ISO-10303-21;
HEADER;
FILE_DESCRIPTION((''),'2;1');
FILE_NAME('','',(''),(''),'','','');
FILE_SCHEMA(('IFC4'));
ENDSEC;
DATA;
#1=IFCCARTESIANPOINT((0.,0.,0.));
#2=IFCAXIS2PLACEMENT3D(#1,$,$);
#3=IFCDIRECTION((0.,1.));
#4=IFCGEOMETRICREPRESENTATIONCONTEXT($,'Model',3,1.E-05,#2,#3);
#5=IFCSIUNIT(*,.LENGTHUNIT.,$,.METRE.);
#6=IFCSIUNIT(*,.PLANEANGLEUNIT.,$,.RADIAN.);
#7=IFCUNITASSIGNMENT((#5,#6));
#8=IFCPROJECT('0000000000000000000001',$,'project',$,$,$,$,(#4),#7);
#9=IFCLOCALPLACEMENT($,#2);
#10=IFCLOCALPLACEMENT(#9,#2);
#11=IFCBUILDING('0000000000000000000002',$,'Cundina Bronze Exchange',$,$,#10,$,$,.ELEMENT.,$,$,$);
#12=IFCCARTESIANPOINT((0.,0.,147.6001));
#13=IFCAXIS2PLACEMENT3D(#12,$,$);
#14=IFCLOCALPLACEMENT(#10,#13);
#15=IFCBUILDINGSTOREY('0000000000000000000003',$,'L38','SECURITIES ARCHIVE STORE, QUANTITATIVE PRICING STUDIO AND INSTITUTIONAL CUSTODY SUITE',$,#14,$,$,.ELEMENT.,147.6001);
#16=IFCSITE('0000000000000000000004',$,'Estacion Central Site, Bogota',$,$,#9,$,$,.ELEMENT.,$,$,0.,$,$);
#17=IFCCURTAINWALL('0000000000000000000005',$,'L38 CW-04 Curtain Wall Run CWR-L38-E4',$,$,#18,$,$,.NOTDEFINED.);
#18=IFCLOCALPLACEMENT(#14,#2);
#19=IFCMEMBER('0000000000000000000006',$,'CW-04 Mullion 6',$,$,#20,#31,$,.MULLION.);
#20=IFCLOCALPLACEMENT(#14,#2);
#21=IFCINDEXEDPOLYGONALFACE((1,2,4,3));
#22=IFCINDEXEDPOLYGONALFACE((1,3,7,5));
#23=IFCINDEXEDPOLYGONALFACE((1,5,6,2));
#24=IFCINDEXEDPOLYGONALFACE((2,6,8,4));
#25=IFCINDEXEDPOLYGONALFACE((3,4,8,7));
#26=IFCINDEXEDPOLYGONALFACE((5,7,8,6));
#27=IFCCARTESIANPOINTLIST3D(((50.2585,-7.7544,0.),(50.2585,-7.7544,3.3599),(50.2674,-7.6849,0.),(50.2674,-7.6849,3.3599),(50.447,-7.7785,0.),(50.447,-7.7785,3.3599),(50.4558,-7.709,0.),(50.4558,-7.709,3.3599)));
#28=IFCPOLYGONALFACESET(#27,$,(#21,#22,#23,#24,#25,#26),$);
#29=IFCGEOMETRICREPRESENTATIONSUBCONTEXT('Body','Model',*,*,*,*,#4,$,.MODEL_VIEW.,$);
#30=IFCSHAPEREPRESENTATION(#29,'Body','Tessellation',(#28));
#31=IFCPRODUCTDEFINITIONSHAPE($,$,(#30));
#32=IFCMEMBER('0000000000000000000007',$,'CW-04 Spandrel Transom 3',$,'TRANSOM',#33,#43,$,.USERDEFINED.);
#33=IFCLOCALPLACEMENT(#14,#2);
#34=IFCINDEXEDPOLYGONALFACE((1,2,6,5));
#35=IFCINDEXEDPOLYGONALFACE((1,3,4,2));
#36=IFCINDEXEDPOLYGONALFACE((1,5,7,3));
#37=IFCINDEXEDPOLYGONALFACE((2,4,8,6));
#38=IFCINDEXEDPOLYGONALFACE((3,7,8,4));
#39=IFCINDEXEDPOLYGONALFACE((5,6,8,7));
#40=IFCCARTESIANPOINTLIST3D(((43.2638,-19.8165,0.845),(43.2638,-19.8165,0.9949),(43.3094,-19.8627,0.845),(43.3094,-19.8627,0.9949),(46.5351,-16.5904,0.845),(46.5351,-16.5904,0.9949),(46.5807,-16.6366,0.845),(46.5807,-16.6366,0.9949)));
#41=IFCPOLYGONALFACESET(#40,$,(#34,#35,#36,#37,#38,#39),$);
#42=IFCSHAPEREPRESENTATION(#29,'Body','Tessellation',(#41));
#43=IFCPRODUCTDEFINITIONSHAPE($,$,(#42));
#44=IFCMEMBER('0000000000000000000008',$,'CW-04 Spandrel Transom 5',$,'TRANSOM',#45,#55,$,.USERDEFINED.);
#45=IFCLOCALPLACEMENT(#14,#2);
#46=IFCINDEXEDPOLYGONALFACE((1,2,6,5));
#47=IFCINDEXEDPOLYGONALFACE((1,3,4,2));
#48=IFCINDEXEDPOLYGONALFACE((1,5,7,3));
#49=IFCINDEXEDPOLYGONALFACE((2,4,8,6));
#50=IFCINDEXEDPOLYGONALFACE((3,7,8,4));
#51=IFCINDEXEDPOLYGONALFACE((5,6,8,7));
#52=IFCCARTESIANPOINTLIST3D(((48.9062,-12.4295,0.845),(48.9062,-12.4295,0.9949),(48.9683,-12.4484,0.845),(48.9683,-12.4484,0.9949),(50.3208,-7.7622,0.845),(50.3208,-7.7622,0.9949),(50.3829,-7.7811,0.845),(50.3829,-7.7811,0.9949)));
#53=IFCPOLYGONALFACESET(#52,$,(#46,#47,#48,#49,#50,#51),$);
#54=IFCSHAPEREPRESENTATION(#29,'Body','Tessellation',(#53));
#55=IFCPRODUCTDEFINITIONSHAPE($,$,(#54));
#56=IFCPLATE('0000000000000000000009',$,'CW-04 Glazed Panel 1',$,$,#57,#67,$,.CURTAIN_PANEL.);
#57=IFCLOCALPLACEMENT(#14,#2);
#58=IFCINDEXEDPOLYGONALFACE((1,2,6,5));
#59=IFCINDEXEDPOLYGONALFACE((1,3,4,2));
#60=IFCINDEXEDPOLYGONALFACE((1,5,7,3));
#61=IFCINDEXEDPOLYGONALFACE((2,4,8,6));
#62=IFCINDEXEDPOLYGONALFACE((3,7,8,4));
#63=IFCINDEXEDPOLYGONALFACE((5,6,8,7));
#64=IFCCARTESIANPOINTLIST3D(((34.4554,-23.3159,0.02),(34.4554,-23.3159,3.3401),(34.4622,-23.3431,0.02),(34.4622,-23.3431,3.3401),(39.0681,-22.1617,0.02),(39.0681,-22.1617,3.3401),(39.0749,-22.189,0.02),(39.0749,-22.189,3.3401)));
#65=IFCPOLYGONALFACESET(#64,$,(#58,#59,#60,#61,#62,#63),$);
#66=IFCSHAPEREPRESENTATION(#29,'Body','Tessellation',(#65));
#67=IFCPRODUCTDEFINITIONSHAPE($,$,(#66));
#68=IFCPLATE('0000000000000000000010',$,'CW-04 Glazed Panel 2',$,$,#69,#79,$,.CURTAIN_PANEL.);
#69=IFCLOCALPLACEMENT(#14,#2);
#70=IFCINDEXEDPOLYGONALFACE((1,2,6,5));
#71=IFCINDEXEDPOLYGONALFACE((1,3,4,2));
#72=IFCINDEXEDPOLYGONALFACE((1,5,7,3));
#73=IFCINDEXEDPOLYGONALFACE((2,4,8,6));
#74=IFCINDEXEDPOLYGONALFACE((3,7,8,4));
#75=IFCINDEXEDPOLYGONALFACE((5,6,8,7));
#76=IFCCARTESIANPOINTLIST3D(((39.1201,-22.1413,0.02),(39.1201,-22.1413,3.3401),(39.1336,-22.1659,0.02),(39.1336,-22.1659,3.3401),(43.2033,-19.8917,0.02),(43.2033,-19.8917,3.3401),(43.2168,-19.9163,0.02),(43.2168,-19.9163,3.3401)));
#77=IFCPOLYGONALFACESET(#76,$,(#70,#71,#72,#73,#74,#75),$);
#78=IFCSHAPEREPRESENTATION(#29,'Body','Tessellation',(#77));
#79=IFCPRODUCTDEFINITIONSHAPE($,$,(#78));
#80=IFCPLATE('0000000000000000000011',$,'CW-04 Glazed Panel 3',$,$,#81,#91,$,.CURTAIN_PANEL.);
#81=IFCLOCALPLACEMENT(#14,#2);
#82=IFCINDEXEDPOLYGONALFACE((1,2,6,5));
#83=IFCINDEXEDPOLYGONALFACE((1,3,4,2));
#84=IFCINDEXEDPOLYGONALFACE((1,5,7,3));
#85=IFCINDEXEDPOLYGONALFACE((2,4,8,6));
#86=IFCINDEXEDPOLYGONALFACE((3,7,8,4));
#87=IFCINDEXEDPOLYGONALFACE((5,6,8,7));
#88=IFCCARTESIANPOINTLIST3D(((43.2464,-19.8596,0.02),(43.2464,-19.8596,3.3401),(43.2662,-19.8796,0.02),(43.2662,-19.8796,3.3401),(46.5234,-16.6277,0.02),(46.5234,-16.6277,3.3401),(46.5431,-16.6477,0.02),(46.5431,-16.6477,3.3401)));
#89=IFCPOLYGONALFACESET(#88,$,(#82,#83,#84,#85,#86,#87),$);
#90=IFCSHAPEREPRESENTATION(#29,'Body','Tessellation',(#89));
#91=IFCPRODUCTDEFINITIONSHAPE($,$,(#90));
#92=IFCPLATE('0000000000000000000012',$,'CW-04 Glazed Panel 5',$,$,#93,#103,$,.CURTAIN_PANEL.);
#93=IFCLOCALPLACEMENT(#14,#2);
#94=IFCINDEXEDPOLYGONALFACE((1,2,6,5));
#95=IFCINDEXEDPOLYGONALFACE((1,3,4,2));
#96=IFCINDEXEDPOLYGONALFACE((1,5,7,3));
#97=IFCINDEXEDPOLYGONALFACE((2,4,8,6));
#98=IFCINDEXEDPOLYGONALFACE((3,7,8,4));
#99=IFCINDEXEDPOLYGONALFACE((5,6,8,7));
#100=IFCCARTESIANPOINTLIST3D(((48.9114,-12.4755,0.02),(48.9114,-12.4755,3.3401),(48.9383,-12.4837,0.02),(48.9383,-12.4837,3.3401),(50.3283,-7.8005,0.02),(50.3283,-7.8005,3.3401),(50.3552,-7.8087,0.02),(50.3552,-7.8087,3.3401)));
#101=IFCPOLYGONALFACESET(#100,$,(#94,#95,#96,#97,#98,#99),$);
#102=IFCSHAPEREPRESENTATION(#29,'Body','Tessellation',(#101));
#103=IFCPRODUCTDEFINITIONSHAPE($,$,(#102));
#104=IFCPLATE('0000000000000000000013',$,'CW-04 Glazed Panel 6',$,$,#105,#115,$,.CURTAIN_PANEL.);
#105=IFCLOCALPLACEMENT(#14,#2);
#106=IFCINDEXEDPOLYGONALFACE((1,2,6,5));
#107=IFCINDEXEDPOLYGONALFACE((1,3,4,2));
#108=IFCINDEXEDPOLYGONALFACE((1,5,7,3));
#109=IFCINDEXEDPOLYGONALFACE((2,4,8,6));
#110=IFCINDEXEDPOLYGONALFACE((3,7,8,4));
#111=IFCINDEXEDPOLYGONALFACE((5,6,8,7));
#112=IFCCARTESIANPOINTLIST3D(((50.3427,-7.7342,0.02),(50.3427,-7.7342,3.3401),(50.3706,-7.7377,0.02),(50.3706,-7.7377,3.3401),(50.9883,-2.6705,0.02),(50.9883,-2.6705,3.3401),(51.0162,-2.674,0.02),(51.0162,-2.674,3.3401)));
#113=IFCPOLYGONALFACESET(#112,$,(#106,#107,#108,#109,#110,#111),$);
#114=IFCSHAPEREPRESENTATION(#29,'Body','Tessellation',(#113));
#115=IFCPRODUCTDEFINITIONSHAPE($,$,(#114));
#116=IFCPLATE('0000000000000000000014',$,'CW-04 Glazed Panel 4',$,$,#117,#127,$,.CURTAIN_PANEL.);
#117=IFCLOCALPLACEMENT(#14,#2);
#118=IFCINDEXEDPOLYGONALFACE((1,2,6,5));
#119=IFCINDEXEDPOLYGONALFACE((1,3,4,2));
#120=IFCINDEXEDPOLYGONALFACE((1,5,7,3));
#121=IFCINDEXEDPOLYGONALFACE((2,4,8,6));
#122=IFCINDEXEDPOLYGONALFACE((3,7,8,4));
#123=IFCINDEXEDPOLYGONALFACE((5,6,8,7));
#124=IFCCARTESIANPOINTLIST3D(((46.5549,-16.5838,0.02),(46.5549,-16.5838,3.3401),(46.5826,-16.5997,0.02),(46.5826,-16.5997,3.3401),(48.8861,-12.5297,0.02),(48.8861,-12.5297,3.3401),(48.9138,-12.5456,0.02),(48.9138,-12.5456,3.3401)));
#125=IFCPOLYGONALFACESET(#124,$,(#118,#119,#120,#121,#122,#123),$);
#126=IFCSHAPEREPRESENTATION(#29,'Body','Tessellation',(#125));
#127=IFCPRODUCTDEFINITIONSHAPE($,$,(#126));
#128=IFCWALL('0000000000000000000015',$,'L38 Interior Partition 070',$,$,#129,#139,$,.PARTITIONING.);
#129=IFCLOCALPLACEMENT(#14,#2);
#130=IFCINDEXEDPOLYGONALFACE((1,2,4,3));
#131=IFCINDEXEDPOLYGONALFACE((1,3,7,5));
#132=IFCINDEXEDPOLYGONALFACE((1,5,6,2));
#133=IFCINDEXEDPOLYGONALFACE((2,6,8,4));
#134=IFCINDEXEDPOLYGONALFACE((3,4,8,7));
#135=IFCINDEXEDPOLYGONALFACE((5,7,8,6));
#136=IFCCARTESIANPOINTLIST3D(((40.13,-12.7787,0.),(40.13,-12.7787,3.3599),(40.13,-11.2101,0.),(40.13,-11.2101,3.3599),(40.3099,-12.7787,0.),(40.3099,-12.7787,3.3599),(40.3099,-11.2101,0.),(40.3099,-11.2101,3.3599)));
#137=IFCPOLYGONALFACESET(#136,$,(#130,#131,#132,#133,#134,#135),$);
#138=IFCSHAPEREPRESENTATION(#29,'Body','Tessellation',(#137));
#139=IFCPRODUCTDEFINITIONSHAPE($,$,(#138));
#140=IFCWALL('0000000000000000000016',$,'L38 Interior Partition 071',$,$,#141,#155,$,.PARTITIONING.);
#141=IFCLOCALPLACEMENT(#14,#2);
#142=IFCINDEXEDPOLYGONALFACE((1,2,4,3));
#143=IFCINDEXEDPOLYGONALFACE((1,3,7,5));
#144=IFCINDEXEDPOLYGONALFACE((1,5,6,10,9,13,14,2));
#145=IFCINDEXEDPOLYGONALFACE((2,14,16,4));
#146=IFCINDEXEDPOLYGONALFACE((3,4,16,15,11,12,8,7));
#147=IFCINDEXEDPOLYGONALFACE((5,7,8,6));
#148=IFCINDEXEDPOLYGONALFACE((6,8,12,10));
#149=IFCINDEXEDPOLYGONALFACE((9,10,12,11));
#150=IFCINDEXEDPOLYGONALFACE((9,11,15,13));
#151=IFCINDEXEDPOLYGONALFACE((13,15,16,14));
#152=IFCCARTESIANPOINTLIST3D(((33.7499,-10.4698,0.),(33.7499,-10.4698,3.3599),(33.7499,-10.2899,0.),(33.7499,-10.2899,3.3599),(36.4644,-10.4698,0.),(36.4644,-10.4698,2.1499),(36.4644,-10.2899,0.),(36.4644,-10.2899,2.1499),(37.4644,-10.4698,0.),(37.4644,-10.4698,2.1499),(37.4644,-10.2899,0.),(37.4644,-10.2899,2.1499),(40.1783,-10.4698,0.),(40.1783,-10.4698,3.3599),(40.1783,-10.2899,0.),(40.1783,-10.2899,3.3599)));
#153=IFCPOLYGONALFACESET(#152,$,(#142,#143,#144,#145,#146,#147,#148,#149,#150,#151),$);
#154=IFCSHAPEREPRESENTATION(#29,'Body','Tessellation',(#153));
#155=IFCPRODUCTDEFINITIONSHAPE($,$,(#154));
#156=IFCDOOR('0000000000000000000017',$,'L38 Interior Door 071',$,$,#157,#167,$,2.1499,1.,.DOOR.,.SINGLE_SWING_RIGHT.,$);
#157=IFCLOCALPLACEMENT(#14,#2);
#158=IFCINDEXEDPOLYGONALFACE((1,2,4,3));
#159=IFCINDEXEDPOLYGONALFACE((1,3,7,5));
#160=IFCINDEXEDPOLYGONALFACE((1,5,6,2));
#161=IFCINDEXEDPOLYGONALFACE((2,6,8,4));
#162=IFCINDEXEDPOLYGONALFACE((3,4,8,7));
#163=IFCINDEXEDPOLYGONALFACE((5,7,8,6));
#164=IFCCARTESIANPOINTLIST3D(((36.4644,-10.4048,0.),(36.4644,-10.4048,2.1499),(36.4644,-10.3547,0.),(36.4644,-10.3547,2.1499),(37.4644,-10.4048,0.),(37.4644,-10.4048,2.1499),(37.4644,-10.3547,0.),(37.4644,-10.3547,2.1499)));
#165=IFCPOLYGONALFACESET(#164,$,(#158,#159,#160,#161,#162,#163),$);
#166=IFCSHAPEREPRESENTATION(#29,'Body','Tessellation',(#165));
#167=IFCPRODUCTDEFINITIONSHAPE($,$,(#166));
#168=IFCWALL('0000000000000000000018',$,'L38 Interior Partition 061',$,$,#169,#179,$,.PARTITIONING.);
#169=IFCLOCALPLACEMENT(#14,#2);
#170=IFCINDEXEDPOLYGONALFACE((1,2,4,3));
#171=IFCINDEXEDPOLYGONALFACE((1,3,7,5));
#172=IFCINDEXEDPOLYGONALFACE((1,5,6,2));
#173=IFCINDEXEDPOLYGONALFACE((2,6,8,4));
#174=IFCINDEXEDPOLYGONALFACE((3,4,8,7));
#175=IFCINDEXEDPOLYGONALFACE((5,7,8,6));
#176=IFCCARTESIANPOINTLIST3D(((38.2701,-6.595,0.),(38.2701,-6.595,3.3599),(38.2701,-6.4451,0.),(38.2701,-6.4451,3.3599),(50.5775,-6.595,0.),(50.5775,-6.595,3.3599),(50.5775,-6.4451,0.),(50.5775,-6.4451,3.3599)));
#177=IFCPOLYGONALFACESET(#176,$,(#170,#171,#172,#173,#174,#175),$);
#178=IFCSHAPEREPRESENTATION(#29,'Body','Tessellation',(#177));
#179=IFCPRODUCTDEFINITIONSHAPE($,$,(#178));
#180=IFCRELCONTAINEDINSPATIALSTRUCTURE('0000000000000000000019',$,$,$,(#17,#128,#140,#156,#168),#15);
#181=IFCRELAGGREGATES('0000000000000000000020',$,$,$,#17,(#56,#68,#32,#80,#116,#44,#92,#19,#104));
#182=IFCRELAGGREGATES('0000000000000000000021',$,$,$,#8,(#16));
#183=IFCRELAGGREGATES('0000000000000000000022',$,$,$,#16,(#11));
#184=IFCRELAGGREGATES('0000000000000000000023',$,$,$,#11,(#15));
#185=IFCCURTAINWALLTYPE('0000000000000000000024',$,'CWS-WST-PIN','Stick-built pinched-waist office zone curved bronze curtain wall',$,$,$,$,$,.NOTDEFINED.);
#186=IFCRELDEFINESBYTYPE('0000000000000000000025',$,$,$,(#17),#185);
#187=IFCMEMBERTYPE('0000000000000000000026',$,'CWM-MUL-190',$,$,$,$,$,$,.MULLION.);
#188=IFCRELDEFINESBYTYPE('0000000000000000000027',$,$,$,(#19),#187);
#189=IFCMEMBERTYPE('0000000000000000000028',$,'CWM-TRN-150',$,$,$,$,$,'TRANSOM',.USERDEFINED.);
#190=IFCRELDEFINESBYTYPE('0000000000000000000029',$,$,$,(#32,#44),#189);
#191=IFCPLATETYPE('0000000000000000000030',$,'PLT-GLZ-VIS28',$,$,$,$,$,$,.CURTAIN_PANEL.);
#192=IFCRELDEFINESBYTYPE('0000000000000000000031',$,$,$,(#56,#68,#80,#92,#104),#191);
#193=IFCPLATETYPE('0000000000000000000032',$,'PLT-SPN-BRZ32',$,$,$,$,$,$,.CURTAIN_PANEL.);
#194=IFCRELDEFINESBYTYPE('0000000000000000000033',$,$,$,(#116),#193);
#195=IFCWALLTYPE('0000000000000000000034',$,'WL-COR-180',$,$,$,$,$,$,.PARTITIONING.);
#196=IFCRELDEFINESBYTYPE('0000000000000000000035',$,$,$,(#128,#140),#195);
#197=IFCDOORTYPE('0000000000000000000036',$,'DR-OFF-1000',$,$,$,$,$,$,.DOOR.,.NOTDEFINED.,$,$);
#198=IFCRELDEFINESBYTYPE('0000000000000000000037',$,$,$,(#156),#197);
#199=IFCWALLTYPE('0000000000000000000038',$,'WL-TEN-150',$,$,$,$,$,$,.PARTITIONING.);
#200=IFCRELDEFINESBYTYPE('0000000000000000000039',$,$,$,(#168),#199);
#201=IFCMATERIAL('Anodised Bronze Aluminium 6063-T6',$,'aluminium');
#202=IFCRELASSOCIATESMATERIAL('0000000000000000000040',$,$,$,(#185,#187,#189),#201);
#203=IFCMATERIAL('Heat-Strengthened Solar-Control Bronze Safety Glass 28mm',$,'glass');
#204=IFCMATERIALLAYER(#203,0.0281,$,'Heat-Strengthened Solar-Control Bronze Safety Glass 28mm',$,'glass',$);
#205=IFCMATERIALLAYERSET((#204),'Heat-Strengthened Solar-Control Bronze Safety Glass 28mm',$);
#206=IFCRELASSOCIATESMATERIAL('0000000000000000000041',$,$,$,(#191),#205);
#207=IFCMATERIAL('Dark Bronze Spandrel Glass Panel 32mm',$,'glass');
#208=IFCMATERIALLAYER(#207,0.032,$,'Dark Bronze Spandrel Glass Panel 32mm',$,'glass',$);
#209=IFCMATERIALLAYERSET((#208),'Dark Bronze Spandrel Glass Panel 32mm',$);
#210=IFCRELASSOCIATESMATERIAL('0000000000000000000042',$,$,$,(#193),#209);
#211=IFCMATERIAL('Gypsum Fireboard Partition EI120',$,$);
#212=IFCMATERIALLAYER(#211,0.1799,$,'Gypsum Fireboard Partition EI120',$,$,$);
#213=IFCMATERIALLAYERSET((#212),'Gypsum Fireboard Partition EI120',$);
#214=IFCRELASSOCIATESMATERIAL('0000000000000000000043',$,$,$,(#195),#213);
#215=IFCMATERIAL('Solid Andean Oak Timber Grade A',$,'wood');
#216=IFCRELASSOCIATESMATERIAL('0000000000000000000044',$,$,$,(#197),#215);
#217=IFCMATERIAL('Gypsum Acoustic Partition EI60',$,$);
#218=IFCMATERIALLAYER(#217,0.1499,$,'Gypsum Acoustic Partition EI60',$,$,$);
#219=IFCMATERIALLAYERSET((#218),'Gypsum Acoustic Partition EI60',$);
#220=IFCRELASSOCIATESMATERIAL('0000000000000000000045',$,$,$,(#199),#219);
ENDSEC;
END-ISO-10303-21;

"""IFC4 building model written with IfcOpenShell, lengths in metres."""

from ifc_helpers import new_model, si_unit, direction, frame, frame_2d, origin, origin_2d, place, context, subcontext, project, spatial, rectangle, extrude, material, layer, layer_set, material_profile, profile_set, type_object, element, fill, aggregate, save


model = new_model("IFC4")

# Units and contexts
model_context = context("Model", 3, precision=1e-05, world=origin(), true_north=direction((0.0, 1.0)))
body_context = subcontext(model_context, "Body", "Model", "MODEL_VIEW")
ifc_project = project(units=[si_unit("LENGTHUNIT", "METRE"), si_unit("PLANEANGLEUNIT", "RADIAN")], contexts=[model_context])

# Site, building, storey
site_placement = place(None, origin())
site = spatial("IfcSite", under=ifc_project, at=site_placement, Name="Estacion Central Site, Bogota", CompositionType="ELEMENT", RefElevation=0.0)
building_placement = place(site_placement, origin())
building = spatial("IfcBuilding", under=site, at=building_placement, Name="Cundina Bronze Exchange", CompositionType="ELEMENT")
storey_placement = place(building_placement, frame((0.0, 0.0, 147.6001)))
storey = spatial("IfcBuildingStorey", under=building, at=storey_placement, Name="L38", Description="SECURITIES ARCHIVE STORE, QUANTITATIVE PRICING STUDIO AND INSTITUTIONAL CUSTODY SUITE", CompositionType="ELEMENT", Elevation=147.6001)

# Curtain wall, members, plates
ifc_material_1 = material(Name="Anodised Bronze Aluminium 6063-T6", Category="aluminium")
curtain_wall_type = type_object("IfcCurtainWallType", Name="CWS-WST-PIN", Description="Stick-built pinched-waist office zone curved bronze curtain wall", PredefinedType="NOTDEFINED", material=ifc_material_1)
curtain_wall_placement = place(storey_placement, origin())
curtain_wall = element("IfcCurtainWall", 1, at=curtain_wall_placement, inside=storey, type_object=curtain_wall_type, Name="L38 CW-04 Curtain Wall Run CWR-L38-E4", PredefinedType="NOTDEFINED")
ifc_material_profile_1 = material_profile(ifc_material_1, rectangle(XDim=0.0701, YDim=0.1899, at=origin_2d()), Name="AL70X190", Category="aluminium")
ifc_profile_set_1 = profile_set([ifc_material_profile_1], Name="Anodised Bronze Aluminium 6063-T6")
member_type_1 = type_object("IfcMemberType", Name="CWM-MUL-190", PredefinedType="MULLION", material=ifc_profile_set_1)
member_1_placement = place(storey_placement, frame((50.3572, -7.7317, 0.0), z_axis=(0.0, 0.0, 1.0), x_axis=(0.126545, 0.991961, 0.0)))
member_1 = element("IfcMember", 2, at=member_1_placement, type_object=member_type_1, Name="CW-04 Mullion 6", PredefinedType="MULLION", context=body_context, shape_type="SweptSolid", body=[
    extrude(rectangle(XDim=0.0701, YDim=0.1899, at=origin_2d()), origin(), (0.0, 0.0, 1.0), 3.3599),
])
ifc_material_profile_2 = material_profile(ifc_material_1, rectangle(XDim=0.0649, YDim=0.1499, at=origin_2d()), Name="AL65X150", Category="aluminium")
ifc_profile_set_2 = profile_set([ifc_material_profile_2], Name="Anodised Bronze Aluminium 6063-T6")
member_type_2 = type_object("IfcMemberType", Name="CWM-TRN-150", ElementType="TRANSOM", PredefinedType="USERDEFINED", material=ifc_profile_set_2)
member_2_placement = place(storey_placement, frame((43.2866, -19.8396, 0.9199), z_axis=(0.712005, 0.702174, 0.0), x_axis=(-0.702174, 0.712005, 0.0)))
member_2 = element("IfcMember", 3, at=member_2_placement, type_object=member_type_2, Name="CW-04 Spandrel Transom 3", ObjectType="TRANSOM", PredefinedType="USERDEFINED", context=body_context, shape_type="SweptSolid", body=[
    extrude(rectangle(XDim=0.0649, YDim=0.1499, at=origin_2d()), origin(), (0.0, 0.0, 1.0), 4.5945),
])
member_3_placement = place(storey_placement, frame((48.9373, -12.439, 0.9199), z_axis=(0.290052, 0.957011, 0.0), x_axis=(-0.957011, 0.290052, 0.0)))
member_3 = element("IfcMember", 4, at=member_3_placement, type_object=member_type_2, Name="CW-04 Spandrel Transom 5", ObjectType="TRANSOM", PredefinedType="USERDEFINED", context=body_context, shape_type="SweptSolid", body=[
    extrude(rectangle(XDim=0.0649, YDim=0.1499, at=origin_2d()), origin(), (0.0, 0.0, 1.0), 4.877),
])
ifc_material_2 = material(Name="Heat-Strengthened Solar-Control Bronze Safety Glass 28mm", Category="glass")
ifc_layer_1 = layer(ifc_material_2, 0.0281, Name="Heat-Strengthened Solar-Control Bronze Safety Glass 28mm", Category="glass")
ifc_layer_set_1 = layer_set([ifc_layer_1], Name="Heat-Strengthened Solar-Control Bronze Safety Glass 28mm")
plate_type_1 = type_object("IfcPlateType", Name="PLT-GLZ-VIS28", PredefinedType="CURTAIN_PANEL", material=ifc_layer_set_1)
plate_1_placement = place(storey_placement, frame((36.7651, -22.7524, 0.02), z_axis=(0.0, 0.0, 1.0), x_axis=(0.970093, 0.242735, 0.0)))
plate_1 = element("IfcPlate", 5, at=plate_1_placement, type_object=plate_type_1, Name="CW-04 Glazed Panel 1", PredefinedType="CURTAIN_PANEL", context=body_context, shape_type="SweptSolid", body=[
    extrude(rectangle(XDim=4.7549, YDim=0.0281, at=origin_2d()), origin(), (0.0, 0.0, 1.0), 3.3201),
])
plate_2_placement = place(storey_placement, frame((41.1685, -21.0288, 0.02), z_axis=(0.0, 0.0, 1.0), x_axis=(0.875869, 0.482549, 0.0)))
plate_2 = element("IfcPlate", 6, at=plate_2_placement, type_object=plate_type_1, Name="CW-04 Glazed Panel 2", PredefinedType="CURTAIN_PANEL", context=body_context, shape_type="SweptSolid", body=[
    extrude(rectangle(XDim=4.6619, YDim=0.0281, at=origin_2d()), origin(), (0.0, 0.0, 1.0), 3.3201),
])
plate_3_placement = place(storey_placement, frame((44.8948, -18.2537, 0.02), z_axis=(0.0, 0.0, 1.0), x_axis=(0.711989, 0.70219, 0.0)))
plate_3 = element("IfcPlate", 7, at=plate_3_placement, type_object=plate_type_1, Name="CW-04 Glazed Panel 3", PredefinedType="CURTAIN_PANEL", context=body_context, shape_type="SweptSolid", body=[
    extrude(rectangle(XDim=4.6025, YDim=0.0281, at=origin_2d()), origin(), (0.0, 0.0, 1.0), 3.3201),
])
plate_4_placement = place(storey_placement, frame((49.6333, -10.1421, 0.02), z_axis=(0.0, 0.0, 1.0), x_axis=(0.290051, 0.957011, 0.0)))
plate_4 = element("IfcPlate", 8, at=plate_4_placement, type_object=plate_type_1, Name="CW-04 Glazed Panel 5", PredefinedType="CURTAIN_PANEL", context=body_context, shape_type="SweptSolid", body=[
    extrude(rectangle(XDim=4.885, YDim=0.0281, at=origin_2d()), origin(), (0.0, 0.0, 1.0), 3.3201),
])
plate_5_placement = place(storey_placement, frame((50.6794, -5.2041, 0.02), z_axis=(0.0, 0.0, 1.0), x_axis=(0.126476, 0.99197, 0.0)))
plate_5 = element("IfcPlate", 9, at=plate_5_placement, type_object=plate_type_1, Name="CW-04 Glazed Panel 6", PredefinedType="CURTAIN_PANEL", context=body_context, shape_type="SweptSolid", body=[
    extrude(rectangle(XDim=5.1047, YDim=0.0281, at=origin_2d()), origin(), (0.0, 0.0, 1.0), 3.3201),
])
ifc_material_3 = material(Name="Dark Bronze Spandrel Glass Panel 32mm", Category="glass")
ifc_layer_2 = layer(ifc_material_3, 0.032, Name="Dark Bronze Spandrel Glass Panel 32mm", Category="glass")
ifc_layer_set_2 = layer_set([ifc_layer_2], Name="Dark Bronze Spandrel Glass Panel 32mm")
plate_type_2 = type_object("IfcPlateType", Name="PLT-SPN-BRZ32", PredefinedType="CURTAIN_PANEL", material=ifc_layer_set_2)
plate_6_placement = place(storey_placement, frame((47.7344, -14.5647, 0.02), z_axis=(0.0, 0.0, 1.0), x_axis=(0.498488, 0.866897, 0.0)))
plate_6 = element("IfcPlate", 10, at=plate_6_placement, type_object=plate_type_2, Name="CW-04 Glazed Panel 4", PredefinedType="CURTAIN_PANEL", context=body_context, shape_type="SweptSolid", body=[
    extrude(rectangle(XDim=4.6765, YDim=0.032, at=origin_2d()), origin(), (0.0, 0.0, 1.0), 3.3201),
])
aggregate(curtain_wall, [plate_1, plate_2, member_2, plate_3, plate_6, member_3, plate_4, member_1, plate_5])

# Wall
ifc_material_4 = material(Name="Gypsum Fireboard Partition EI120")
ifc_layer_3 = layer(ifc_material_4, 0.1799, Name="Gypsum Fireboard Partition EI120")
ifc_layer_set_3 = layer_set([ifc_layer_3], Name="Gypsum Fireboard Partition EI120")
wall_type_1 = type_object("IfcWallType", Name="WL-COR-180", PredefinedType="PARTITIONING", material=ifc_layer_set_3)
wall_1_placement = place(storey_placement, frame((40.22, -12.7786, 0.0), z_axis=(0.0, 0.0, 1.0), x_axis=(0.0, 1.0, 0.0)))
element("IfcWall", 11, at=wall_1_placement, inside=storey, type_object=wall_type_1, Name="L38 Interior Partition 070", PredefinedType="PARTITIONING", context=body_context, shape_type="SweptSolid", body=[
    extrude(rectangle(XDim=1.5686, YDim=0.1799, at=frame_2d((0.7842, 0.0))), origin(), (0.0, 0.0, 1.0), 3.3599),
])

# Wall, opening, door
wall_2_placement = place(storey_placement, frame((40.1785, -10.3799, 0.0), z_axis=(0.0, 0.0, 1.0), x_axis=(-1.0, 0.0, 0.0)))
wall_2 = element("IfcWall", 12, at=wall_2_placement, inside=storey, type_object=wall_type_1, Name="L38 Interior Partition 071", PredefinedType="PARTITIONING", context=body_context, shape_type="SweptSolid", body=[
    extrude(rectangle(XDim=6.4285, YDim=0.1799, at=frame_2d((3.2144, 0.0))), origin(), (0.0, 0.0, 1.0), 3.3599),
])
opening_placement = place(wall_2_placement, frame((2.7141, 0.0, 0.0)))
opening = element("IfcOpeningElement", 13, at=opening_placement, cuts=wall_2, PredefinedType="OPENING", context=body_context, shape_type="SweptSolid", body=[
    extrude(rectangle(XDim=1.0, YDim=2.1499, at=frame_2d((0.5, 1.075))), frame((0.0, 0.0999, 0.0), z_axis=(0.0, -1.0, 0.0), x_axis=(1.0, 0.0, 0.0)), (0.0, 0.0, 1.0), 0.2),
])
ifc_material_5 = material(Name="Solid Andean Oak Timber Grade A", Category="wood")
door_type = type_object("IfcDoorType", Name="DR-OFF-1000", OperationType="NOTDEFINED", PredefinedType="DOOR", material=ifc_material_5)
door_placement = place(opening_placement, origin())
door = element("IfcDoor", 14, at=door_placement, inside=storey, type_object=door_type, Name="L38 Interior Door 071", OperationType="SINGLE_SWING_RIGHT", OverallHeight=2.1499, OverallWidth=1.0, PredefinedType="DOOR", context=body_context, shape_type="SweptSolid", body=[
    extrude(rectangle(XDim=1.0, YDim=2.1499, at=frame_2d((0.5, 1.075))), frame((0.0, 0.0249, 0.0), z_axis=(0.0, -1.0, 0.0), x_axis=(1.0, 0.0, 0.0)), (0.0, 0.0, 1.0), 0.05),
])
fill(opening, door)

# Wall
ifc_material_6 = material(Name="Gypsum Acoustic Partition EI60")
ifc_layer_4 = layer(ifc_material_6, 0.1499, Name="Gypsum Acoustic Partition EI60")
ifc_layer_set_4 = layer_set([ifc_layer_4], Name="Gypsum Acoustic Partition EI60")
wall_type_2 = type_object("IfcWallType", Name="WL-TEN-150", PredefinedType="PARTITIONING", material=ifc_layer_set_4)
wall_3_placement = place(storey_placement, frame((38.27, -6.52, 0.0), z_axis=(0.0, 0.0, 1.0), x_axis=(1.0, 0.0, 0.0)))
element("IfcWall", 15, at=wall_3_placement, inside=storey, type_object=wall_type_2, Name="L38 Interior Partition 061", PredefinedType="PARTITIONING", context=body_context, shape_type="SweptSolid", body=[
    extrude(rectangle(XDim=12.3074, YDim=0.1499, at=frame_2d((6.1538, 0.0))), origin(), (0.0, 0.0, 1.0), 3.3599),
])

save(model, "model.ifc")
